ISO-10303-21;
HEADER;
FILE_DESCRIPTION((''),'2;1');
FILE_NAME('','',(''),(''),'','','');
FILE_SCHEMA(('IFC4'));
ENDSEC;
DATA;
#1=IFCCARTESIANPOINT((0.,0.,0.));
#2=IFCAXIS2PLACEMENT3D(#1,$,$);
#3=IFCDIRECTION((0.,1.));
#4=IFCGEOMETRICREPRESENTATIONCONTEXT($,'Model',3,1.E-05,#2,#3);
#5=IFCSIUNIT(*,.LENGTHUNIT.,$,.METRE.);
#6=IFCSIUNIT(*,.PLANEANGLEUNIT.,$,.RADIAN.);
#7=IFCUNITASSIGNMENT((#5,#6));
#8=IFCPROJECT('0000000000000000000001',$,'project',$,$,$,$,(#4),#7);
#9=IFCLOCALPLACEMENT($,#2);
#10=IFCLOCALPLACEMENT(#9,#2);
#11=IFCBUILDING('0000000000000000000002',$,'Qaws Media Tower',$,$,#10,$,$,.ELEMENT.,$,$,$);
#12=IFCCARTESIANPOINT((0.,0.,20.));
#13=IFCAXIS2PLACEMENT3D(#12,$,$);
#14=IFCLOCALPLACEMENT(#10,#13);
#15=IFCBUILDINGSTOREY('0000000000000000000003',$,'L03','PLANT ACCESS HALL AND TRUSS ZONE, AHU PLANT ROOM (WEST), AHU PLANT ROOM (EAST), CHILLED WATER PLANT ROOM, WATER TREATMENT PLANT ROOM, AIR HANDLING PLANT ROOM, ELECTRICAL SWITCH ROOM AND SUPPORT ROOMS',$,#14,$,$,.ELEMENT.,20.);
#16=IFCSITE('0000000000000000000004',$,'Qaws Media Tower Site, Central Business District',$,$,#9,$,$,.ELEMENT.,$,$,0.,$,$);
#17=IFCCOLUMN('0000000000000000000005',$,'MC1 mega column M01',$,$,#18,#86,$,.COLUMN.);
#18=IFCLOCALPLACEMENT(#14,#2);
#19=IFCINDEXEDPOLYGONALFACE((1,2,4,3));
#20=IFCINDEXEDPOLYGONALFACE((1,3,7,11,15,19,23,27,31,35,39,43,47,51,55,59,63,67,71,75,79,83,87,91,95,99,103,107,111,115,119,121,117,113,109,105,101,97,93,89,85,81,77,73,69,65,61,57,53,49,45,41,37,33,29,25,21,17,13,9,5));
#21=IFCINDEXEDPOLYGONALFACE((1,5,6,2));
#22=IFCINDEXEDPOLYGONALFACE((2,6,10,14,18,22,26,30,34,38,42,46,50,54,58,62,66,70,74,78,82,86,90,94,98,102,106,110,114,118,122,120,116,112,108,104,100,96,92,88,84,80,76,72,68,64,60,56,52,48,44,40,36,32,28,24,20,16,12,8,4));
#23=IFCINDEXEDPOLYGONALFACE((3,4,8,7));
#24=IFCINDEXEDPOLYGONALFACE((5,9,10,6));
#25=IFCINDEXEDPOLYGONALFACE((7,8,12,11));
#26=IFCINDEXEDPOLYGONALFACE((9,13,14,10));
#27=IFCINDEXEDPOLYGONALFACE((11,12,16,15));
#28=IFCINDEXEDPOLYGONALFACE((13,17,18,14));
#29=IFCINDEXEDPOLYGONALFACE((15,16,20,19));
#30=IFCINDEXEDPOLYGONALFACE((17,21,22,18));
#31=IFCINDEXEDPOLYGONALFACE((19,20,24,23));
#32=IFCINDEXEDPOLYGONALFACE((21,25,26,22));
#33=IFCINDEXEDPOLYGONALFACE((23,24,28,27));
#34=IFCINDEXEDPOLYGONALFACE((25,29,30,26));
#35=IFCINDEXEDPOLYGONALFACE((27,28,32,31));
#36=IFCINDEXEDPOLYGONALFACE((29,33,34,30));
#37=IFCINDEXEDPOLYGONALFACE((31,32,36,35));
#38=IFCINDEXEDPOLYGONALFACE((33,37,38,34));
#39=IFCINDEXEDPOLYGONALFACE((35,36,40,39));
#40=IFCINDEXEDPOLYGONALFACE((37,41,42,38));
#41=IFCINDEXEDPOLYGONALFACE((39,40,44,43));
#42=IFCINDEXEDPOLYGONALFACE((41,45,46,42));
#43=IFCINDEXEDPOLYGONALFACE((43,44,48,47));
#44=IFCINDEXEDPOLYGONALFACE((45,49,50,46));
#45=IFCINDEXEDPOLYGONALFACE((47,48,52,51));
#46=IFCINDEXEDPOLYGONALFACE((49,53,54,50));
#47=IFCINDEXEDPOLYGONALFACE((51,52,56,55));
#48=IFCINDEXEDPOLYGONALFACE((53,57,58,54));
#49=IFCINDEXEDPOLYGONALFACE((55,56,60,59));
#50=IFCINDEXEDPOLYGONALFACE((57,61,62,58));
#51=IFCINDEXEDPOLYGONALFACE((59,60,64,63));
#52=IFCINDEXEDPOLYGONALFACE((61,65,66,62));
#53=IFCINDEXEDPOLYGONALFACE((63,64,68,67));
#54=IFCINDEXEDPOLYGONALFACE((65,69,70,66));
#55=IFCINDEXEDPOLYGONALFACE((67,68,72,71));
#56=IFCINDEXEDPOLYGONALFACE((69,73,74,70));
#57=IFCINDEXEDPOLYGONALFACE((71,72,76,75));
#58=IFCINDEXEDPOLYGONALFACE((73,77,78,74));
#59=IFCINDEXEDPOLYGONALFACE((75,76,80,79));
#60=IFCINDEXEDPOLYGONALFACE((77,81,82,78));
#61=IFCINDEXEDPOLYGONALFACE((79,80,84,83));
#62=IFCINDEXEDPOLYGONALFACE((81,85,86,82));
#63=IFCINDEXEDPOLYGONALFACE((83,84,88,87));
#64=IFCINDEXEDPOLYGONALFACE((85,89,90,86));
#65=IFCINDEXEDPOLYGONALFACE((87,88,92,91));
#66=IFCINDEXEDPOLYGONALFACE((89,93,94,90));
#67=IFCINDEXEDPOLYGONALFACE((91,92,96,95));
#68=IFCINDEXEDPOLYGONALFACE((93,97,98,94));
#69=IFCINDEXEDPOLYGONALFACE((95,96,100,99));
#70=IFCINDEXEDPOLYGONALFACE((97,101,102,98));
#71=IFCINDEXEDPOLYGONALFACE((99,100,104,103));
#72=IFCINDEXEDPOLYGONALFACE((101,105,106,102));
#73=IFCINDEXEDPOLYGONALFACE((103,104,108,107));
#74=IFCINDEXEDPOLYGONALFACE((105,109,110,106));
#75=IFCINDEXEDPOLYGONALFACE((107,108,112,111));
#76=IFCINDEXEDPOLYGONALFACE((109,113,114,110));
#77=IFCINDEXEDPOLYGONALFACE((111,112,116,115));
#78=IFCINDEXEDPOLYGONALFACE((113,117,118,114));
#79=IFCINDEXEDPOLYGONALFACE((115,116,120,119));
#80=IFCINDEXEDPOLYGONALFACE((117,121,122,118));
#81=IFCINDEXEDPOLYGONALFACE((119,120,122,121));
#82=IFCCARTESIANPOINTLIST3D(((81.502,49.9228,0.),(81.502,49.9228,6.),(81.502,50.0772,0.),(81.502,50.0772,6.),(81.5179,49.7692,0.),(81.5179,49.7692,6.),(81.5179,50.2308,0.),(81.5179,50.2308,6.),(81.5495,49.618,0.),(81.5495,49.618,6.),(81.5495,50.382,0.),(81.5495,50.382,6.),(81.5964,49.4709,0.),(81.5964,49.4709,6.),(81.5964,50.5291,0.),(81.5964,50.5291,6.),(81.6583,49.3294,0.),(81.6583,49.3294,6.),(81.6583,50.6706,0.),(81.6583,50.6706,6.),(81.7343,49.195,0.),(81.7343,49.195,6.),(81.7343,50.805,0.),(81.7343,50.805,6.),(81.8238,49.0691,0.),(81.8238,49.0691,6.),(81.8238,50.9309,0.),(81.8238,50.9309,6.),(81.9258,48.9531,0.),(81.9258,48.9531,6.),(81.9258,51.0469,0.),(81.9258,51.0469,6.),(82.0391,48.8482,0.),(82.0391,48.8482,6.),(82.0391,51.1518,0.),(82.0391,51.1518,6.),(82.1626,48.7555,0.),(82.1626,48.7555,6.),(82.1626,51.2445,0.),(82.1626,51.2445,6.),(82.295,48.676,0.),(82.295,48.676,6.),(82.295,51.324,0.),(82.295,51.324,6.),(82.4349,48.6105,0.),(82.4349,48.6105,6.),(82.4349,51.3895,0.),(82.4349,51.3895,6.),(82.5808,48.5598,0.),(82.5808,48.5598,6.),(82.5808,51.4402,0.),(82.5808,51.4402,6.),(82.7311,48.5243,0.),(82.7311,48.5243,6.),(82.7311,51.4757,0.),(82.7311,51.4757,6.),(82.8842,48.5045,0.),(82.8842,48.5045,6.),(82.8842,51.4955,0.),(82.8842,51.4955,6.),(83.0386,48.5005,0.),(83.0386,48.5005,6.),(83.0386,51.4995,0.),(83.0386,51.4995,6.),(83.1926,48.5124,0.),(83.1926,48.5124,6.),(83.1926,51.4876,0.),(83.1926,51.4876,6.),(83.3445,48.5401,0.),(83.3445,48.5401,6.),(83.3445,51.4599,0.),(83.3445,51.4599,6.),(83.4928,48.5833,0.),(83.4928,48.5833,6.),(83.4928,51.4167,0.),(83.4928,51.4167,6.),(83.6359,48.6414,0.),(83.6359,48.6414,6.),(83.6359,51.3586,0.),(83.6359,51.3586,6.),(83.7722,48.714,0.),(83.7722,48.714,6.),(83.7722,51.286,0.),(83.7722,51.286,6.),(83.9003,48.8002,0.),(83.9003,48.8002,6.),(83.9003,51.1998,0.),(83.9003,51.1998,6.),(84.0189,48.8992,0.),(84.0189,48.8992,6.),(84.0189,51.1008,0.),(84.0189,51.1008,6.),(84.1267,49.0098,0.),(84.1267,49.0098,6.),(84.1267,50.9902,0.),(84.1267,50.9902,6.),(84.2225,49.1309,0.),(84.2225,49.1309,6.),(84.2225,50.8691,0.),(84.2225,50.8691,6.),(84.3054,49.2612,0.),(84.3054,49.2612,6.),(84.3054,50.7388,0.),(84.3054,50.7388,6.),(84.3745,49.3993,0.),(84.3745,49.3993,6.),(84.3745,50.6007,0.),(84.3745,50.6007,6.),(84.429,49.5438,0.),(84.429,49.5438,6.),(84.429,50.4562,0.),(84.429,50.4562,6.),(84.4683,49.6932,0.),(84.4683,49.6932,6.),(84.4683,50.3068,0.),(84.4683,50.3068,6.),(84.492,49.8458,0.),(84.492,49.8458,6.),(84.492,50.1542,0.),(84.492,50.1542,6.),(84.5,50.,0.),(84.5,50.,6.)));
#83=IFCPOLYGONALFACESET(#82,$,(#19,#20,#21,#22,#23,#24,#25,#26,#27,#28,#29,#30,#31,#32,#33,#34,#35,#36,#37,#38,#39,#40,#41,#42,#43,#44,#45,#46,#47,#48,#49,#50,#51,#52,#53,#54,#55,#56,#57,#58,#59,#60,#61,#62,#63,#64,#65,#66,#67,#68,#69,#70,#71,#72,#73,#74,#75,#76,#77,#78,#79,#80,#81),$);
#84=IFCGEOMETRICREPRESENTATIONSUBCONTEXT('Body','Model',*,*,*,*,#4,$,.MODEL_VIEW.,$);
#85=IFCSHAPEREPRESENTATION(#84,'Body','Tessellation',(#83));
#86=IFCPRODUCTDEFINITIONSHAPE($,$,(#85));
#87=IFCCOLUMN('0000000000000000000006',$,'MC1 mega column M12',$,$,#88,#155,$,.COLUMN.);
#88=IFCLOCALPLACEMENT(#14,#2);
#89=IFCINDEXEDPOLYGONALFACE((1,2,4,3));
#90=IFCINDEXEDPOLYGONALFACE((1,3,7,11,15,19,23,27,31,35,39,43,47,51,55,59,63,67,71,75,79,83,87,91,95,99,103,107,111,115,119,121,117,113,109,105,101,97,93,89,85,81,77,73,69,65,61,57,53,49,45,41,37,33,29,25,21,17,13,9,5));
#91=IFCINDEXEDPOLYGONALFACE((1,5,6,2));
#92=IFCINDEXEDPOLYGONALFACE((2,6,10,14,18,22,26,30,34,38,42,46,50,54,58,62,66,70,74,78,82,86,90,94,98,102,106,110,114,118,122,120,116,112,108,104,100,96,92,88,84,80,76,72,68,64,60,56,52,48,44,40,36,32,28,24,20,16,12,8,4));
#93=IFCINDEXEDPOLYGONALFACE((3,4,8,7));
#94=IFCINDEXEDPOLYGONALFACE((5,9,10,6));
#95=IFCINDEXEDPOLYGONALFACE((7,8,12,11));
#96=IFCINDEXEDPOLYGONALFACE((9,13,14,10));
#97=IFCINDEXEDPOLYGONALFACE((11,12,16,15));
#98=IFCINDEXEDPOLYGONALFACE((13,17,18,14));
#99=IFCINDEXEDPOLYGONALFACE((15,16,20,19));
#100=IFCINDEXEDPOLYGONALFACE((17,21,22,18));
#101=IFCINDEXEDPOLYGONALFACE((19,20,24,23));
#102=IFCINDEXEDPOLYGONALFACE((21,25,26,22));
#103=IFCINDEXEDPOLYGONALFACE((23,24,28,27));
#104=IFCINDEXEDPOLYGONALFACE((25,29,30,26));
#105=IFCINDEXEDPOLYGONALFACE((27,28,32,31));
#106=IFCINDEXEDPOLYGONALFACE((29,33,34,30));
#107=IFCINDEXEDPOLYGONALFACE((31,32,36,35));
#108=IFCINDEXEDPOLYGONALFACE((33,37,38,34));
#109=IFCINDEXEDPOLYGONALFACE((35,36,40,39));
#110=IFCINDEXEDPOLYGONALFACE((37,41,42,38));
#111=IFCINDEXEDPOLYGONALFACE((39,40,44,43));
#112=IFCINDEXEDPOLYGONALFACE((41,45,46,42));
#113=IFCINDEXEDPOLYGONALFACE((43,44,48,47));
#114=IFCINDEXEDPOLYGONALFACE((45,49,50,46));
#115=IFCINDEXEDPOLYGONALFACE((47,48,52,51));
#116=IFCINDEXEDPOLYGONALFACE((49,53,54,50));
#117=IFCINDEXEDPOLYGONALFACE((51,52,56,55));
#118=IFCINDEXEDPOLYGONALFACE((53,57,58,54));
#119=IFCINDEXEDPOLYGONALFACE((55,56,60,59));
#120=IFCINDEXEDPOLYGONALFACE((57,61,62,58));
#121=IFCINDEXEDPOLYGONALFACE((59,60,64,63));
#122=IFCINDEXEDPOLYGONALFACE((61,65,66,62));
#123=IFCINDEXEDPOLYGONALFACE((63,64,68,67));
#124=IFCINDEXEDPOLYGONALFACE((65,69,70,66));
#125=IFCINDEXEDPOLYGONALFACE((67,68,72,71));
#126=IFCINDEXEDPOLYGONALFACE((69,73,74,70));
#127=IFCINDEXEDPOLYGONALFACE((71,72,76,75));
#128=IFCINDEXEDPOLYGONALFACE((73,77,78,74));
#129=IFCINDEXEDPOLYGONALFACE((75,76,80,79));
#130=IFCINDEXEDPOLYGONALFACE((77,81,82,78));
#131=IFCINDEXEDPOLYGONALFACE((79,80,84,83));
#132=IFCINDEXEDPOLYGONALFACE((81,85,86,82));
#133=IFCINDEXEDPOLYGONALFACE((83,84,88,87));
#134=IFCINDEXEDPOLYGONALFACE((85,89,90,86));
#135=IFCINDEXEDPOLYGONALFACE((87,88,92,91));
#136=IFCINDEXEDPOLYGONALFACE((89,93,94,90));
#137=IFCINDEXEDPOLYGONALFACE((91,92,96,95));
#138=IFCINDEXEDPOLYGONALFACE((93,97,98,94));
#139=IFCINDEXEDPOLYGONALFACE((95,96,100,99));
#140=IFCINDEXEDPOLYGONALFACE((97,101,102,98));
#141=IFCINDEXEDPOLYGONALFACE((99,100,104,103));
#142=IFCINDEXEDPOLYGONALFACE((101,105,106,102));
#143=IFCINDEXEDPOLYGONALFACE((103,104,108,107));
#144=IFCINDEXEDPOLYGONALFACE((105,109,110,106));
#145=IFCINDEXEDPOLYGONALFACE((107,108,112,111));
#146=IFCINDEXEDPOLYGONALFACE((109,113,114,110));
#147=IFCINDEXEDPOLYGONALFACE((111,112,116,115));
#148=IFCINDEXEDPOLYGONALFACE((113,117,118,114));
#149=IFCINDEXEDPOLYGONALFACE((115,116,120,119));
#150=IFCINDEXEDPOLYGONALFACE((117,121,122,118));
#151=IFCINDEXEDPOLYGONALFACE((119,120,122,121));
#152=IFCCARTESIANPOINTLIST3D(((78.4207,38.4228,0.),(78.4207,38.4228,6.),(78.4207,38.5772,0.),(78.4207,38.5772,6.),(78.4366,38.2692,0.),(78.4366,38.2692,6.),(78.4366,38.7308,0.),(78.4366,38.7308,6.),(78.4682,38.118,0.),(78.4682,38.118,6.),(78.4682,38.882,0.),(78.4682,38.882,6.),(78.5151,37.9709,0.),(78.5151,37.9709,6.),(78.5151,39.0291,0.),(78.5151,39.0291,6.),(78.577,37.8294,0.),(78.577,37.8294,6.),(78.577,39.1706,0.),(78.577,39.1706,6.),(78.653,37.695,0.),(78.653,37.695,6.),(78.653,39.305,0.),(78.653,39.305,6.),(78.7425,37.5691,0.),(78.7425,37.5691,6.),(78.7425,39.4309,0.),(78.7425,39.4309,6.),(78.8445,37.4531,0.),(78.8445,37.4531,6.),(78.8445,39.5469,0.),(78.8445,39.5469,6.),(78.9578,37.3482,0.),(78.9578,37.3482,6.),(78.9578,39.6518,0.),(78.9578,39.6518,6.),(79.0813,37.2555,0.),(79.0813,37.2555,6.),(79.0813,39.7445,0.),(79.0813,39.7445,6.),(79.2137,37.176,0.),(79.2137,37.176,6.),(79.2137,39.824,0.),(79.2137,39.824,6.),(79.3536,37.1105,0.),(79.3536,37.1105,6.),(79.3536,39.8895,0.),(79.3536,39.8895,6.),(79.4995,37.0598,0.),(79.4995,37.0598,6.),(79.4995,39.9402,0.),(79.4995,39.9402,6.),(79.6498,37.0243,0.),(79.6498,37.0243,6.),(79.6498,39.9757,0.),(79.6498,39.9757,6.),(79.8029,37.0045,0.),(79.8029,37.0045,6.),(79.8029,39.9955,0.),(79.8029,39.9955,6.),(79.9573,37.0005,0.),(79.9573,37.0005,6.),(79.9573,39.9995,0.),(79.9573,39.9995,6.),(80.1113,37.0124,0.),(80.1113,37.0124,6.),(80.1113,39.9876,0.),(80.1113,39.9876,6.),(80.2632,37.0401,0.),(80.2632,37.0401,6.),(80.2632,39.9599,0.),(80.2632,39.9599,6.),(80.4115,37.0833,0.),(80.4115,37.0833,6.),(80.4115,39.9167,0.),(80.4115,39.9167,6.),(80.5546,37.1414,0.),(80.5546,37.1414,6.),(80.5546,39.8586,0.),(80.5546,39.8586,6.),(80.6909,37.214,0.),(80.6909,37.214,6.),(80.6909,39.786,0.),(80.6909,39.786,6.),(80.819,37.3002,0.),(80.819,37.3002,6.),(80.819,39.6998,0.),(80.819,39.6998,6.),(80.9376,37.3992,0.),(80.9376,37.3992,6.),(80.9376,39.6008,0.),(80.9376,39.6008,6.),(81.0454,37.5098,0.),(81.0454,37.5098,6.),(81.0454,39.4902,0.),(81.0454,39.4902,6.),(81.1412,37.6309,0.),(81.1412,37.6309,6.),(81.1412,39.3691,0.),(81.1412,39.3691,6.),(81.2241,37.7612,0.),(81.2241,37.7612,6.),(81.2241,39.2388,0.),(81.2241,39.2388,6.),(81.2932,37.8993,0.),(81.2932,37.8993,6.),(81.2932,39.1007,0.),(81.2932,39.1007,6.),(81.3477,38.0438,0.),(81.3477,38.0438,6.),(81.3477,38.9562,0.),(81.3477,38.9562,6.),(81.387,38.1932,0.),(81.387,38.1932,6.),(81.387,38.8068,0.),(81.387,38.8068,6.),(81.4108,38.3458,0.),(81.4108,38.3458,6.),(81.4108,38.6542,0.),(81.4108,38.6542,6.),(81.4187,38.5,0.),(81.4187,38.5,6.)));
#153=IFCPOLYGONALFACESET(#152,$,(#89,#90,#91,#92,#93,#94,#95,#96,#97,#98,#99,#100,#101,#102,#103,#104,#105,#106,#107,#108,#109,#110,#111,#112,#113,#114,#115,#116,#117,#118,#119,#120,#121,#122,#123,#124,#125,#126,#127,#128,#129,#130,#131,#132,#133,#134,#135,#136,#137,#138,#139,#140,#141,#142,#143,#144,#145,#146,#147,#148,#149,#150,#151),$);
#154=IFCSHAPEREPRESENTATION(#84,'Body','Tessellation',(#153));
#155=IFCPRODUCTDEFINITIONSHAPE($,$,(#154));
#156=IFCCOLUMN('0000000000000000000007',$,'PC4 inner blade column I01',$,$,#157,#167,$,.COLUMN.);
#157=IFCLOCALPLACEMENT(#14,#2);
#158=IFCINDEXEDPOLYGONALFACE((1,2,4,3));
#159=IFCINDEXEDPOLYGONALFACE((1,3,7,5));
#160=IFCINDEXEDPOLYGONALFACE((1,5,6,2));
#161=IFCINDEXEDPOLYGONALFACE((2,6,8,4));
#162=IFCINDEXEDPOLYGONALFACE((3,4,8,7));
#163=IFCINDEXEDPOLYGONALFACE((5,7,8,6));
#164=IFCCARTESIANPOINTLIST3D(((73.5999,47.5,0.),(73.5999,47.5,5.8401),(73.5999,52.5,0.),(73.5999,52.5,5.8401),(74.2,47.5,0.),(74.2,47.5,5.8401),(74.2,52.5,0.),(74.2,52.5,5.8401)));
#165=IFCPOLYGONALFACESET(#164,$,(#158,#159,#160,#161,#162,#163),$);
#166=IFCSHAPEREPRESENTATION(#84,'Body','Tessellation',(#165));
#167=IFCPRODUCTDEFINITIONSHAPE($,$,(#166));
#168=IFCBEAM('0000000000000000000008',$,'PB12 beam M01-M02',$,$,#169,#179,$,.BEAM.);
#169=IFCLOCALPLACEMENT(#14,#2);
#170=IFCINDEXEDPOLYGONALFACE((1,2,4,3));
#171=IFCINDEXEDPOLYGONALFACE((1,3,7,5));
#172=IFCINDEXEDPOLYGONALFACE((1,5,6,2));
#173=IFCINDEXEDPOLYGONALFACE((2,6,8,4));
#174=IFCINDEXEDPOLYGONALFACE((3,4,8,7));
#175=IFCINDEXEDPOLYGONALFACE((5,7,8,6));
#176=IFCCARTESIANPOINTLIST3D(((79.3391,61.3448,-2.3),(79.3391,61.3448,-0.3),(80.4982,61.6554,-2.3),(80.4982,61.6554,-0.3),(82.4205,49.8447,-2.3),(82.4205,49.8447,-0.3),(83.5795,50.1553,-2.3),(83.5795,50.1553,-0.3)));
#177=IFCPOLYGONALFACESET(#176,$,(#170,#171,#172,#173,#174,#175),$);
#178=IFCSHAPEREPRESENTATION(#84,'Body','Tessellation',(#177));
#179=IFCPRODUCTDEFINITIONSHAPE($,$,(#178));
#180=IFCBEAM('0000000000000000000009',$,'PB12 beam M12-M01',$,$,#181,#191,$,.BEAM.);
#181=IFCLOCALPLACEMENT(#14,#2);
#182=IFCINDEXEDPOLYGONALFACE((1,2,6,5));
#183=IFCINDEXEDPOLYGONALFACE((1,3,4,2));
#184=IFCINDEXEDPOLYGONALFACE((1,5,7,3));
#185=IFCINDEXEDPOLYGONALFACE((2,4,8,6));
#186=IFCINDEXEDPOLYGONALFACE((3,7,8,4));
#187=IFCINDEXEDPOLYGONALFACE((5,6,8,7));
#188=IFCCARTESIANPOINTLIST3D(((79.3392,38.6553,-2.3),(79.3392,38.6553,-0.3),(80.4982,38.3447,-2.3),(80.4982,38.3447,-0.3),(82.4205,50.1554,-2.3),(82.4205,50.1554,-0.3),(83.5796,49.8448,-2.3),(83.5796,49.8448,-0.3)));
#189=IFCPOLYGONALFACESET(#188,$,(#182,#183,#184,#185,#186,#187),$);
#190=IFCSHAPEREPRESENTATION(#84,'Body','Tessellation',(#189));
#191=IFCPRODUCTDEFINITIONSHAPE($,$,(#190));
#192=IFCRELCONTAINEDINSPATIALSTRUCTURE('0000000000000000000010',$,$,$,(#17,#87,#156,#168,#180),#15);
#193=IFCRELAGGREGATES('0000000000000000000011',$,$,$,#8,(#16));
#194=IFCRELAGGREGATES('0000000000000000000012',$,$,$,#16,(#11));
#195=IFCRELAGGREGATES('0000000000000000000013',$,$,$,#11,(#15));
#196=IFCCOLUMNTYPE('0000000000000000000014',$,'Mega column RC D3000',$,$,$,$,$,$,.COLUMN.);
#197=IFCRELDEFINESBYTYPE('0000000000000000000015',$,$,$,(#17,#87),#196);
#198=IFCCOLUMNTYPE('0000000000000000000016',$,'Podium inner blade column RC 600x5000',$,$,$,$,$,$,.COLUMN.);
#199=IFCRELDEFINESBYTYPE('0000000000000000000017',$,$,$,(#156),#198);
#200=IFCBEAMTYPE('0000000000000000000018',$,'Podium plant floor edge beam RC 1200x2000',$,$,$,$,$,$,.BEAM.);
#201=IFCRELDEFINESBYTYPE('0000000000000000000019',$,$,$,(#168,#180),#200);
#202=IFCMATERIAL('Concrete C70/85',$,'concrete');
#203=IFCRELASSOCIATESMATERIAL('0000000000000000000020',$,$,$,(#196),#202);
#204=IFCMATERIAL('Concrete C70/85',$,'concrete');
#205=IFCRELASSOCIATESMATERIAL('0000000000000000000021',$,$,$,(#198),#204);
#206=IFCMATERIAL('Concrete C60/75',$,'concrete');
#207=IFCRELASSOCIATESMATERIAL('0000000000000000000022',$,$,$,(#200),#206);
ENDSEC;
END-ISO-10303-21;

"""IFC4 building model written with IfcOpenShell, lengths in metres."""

from ifc_helpers import new_model, si_unit, direction, frame, origin, origin_2d, place, context, subcontext, project, spatial, rectangle, circle, extrude, material, material_profile, profile_set, type_object, element, save


model = new_model("IFC4")

# Units and contexts
model_context = context("Model", 3, precision=1e-05, world=origin(), true_north=direction((0.0, 1.0)))
body_context = subcontext(model_context, "Body", "Model", "MODEL_VIEW")
ifc_project = project(units=[si_unit("LENGTHUNIT", "METRE"), si_unit("PLANEANGLEUNIT", "RADIAN")], contexts=[model_context])

# Site, building, storey
site_placement = place(None, origin())
site = spatial("IfcSite", under=ifc_project, at=site_placement, Name="Qaws Media Tower Site, Central Business District", CompositionType="ELEMENT", RefElevation=0.0)
building_placement = place(site_placement, origin())
building = spatial("IfcBuilding", under=site, at=building_placement, Name="Qaws Media Tower", CompositionType="ELEMENT")
storey_placement = place(building_placement, frame((0.0, 0.0, 20.0)))
storey = spatial("IfcBuildingStorey", under=building, at=storey_placement, Name="L03", Description="PLANT ACCESS HALL AND TRUSS ZONE, AHU PLANT ROOM (WEST), AHU PLANT ROOM (EAST), CHILLED WATER PLANT ROOM, WATER TREATMENT PLANT ROOM, AIR HANDLING PLANT ROOM, ELECTRICAL SWITCH ROOM AND SUPPORT ROOMS", CompositionType="ELEMENT", Elevation=20.0)

# Columns
ifc_material_1 = material(Name="Concrete C70/85", Category="concrete")
ifc_material_profile_1 = material_profile(ifc_material_1, circle(Radius=1.5, at=origin_2d()), Name="RC D3000")
ifc_profile_set_1 = profile_set([ifc_material_profile_1], Name="Concrete C70/85")
column_type_1 = type_object("IfcColumnType", Name="Mega column RC D3000", PredefinedType="COLUMN", material=ifc_profile_set_1)
for number, where, z_axis, x_axis, name in (
    (1, (83.0, 50.0, 0.0), (0.0, 0.0, 1.0), (1.0, 0.0, 0.0), "MC1 mega column M01"),
    (2, (79.9187, 38.5, 0.0), (0.0, 0.0, 1.0), (1.0, 0.0, 0.0), "MC1 mega column M12"),
):
    element("IfcColumn", number, at=place(storey_placement, frame(where, z_axis=z_axis, x_axis=x_axis)), inside=storey, type_object=column_type_1, Name=name, PredefinedType="COLUMN", context=body_context, shape_type="SweptSolid", body=[
        extrude(circle(Radius=1.5, at=origin_2d()), origin(), (0.0, 0.0, 1.0), 6.0),
    ])
ifc_material_2 = material(Name="Concrete C70/85", Category="concrete")
ifc_material_profile_2 = material_profile(ifc_material_2, rectangle(XDim=0.6001, YDim=5.0, at=origin_2d()), Name="RC 600x5000")
ifc_profile_set_2 = profile_set([ifc_material_profile_2], Name="Concrete C70/85")
column_type_2 = type_object("IfcColumnType", Name="Podium inner blade column RC 600x5000", PredefinedType="COLUMN", material=ifc_profile_set_2)
column_placement = place(storey_placement, frame((73.8999, 50.0, 0.0), z_axis=(0.0, 0.0, 1.0), x_axis=(1.0, 0.0, 0.0)))
element("IfcColumn", 3, at=column_placement, inside=storey, type_object=column_type_2, Name="PC4 inner blade column I01", PredefinedType="COLUMN", context=body_context, shape_type="SweptSolid", body=[
    extrude(rectangle(XDim=0.6001, YDim=5.0, at=origin_2d()), origin(), (0.0, 0.0, 1.0), 5.8401),
])

# Beams
ifc_material_3 = material(Name="Concrete C60/75", Category="concrete")
ifc_material_profile_3 = material_profile(ifc_material_3, rectangle(XDim=1.2, YDim=2.0, at=origin_2d()), Name="RC 1200x2000")
ifc_profile_set_3 = profile_set([ifc_material_profile_3], Name="Concrete C60/75")
beam_type_1 = type_object("IfcBeamType", Name="Podium plant floor edge beam RC 1200x2000", PredefinedType="BEAM", material=ifc_profile_set_3)
for number, where, z_axis, x_axis, name in (
    (4, (83.0, 50.0, -1.3), (-0.25881, 0.965928, 0.0), (-0.965928, -0.25881, 0.0), "PB12 beam M01-M02"),
    (5, (79.9187, 38.5, -1.3), (0.25881, 0.965928, 0.0), (-0.965928, 0.25881, 0.0), "PB12 beam M12-M01"),
):
    element("IfcBeam", number, at=place(storey_placement, frame(where, z_axis=z_axis, x_axis=x_axis)), inside=storey, type_object=beam_type_1, Name=name, PredefinedType="BEAM", context=body_context, shape_type="SweptSolid", body=[
        extrude(rectangle(XDim=1.2, YDim=2.0, at=origin_2d()), origin(), (0.0, 0.0, 1.0), 11.9058),
    ])

save(model, "model.ifc")
